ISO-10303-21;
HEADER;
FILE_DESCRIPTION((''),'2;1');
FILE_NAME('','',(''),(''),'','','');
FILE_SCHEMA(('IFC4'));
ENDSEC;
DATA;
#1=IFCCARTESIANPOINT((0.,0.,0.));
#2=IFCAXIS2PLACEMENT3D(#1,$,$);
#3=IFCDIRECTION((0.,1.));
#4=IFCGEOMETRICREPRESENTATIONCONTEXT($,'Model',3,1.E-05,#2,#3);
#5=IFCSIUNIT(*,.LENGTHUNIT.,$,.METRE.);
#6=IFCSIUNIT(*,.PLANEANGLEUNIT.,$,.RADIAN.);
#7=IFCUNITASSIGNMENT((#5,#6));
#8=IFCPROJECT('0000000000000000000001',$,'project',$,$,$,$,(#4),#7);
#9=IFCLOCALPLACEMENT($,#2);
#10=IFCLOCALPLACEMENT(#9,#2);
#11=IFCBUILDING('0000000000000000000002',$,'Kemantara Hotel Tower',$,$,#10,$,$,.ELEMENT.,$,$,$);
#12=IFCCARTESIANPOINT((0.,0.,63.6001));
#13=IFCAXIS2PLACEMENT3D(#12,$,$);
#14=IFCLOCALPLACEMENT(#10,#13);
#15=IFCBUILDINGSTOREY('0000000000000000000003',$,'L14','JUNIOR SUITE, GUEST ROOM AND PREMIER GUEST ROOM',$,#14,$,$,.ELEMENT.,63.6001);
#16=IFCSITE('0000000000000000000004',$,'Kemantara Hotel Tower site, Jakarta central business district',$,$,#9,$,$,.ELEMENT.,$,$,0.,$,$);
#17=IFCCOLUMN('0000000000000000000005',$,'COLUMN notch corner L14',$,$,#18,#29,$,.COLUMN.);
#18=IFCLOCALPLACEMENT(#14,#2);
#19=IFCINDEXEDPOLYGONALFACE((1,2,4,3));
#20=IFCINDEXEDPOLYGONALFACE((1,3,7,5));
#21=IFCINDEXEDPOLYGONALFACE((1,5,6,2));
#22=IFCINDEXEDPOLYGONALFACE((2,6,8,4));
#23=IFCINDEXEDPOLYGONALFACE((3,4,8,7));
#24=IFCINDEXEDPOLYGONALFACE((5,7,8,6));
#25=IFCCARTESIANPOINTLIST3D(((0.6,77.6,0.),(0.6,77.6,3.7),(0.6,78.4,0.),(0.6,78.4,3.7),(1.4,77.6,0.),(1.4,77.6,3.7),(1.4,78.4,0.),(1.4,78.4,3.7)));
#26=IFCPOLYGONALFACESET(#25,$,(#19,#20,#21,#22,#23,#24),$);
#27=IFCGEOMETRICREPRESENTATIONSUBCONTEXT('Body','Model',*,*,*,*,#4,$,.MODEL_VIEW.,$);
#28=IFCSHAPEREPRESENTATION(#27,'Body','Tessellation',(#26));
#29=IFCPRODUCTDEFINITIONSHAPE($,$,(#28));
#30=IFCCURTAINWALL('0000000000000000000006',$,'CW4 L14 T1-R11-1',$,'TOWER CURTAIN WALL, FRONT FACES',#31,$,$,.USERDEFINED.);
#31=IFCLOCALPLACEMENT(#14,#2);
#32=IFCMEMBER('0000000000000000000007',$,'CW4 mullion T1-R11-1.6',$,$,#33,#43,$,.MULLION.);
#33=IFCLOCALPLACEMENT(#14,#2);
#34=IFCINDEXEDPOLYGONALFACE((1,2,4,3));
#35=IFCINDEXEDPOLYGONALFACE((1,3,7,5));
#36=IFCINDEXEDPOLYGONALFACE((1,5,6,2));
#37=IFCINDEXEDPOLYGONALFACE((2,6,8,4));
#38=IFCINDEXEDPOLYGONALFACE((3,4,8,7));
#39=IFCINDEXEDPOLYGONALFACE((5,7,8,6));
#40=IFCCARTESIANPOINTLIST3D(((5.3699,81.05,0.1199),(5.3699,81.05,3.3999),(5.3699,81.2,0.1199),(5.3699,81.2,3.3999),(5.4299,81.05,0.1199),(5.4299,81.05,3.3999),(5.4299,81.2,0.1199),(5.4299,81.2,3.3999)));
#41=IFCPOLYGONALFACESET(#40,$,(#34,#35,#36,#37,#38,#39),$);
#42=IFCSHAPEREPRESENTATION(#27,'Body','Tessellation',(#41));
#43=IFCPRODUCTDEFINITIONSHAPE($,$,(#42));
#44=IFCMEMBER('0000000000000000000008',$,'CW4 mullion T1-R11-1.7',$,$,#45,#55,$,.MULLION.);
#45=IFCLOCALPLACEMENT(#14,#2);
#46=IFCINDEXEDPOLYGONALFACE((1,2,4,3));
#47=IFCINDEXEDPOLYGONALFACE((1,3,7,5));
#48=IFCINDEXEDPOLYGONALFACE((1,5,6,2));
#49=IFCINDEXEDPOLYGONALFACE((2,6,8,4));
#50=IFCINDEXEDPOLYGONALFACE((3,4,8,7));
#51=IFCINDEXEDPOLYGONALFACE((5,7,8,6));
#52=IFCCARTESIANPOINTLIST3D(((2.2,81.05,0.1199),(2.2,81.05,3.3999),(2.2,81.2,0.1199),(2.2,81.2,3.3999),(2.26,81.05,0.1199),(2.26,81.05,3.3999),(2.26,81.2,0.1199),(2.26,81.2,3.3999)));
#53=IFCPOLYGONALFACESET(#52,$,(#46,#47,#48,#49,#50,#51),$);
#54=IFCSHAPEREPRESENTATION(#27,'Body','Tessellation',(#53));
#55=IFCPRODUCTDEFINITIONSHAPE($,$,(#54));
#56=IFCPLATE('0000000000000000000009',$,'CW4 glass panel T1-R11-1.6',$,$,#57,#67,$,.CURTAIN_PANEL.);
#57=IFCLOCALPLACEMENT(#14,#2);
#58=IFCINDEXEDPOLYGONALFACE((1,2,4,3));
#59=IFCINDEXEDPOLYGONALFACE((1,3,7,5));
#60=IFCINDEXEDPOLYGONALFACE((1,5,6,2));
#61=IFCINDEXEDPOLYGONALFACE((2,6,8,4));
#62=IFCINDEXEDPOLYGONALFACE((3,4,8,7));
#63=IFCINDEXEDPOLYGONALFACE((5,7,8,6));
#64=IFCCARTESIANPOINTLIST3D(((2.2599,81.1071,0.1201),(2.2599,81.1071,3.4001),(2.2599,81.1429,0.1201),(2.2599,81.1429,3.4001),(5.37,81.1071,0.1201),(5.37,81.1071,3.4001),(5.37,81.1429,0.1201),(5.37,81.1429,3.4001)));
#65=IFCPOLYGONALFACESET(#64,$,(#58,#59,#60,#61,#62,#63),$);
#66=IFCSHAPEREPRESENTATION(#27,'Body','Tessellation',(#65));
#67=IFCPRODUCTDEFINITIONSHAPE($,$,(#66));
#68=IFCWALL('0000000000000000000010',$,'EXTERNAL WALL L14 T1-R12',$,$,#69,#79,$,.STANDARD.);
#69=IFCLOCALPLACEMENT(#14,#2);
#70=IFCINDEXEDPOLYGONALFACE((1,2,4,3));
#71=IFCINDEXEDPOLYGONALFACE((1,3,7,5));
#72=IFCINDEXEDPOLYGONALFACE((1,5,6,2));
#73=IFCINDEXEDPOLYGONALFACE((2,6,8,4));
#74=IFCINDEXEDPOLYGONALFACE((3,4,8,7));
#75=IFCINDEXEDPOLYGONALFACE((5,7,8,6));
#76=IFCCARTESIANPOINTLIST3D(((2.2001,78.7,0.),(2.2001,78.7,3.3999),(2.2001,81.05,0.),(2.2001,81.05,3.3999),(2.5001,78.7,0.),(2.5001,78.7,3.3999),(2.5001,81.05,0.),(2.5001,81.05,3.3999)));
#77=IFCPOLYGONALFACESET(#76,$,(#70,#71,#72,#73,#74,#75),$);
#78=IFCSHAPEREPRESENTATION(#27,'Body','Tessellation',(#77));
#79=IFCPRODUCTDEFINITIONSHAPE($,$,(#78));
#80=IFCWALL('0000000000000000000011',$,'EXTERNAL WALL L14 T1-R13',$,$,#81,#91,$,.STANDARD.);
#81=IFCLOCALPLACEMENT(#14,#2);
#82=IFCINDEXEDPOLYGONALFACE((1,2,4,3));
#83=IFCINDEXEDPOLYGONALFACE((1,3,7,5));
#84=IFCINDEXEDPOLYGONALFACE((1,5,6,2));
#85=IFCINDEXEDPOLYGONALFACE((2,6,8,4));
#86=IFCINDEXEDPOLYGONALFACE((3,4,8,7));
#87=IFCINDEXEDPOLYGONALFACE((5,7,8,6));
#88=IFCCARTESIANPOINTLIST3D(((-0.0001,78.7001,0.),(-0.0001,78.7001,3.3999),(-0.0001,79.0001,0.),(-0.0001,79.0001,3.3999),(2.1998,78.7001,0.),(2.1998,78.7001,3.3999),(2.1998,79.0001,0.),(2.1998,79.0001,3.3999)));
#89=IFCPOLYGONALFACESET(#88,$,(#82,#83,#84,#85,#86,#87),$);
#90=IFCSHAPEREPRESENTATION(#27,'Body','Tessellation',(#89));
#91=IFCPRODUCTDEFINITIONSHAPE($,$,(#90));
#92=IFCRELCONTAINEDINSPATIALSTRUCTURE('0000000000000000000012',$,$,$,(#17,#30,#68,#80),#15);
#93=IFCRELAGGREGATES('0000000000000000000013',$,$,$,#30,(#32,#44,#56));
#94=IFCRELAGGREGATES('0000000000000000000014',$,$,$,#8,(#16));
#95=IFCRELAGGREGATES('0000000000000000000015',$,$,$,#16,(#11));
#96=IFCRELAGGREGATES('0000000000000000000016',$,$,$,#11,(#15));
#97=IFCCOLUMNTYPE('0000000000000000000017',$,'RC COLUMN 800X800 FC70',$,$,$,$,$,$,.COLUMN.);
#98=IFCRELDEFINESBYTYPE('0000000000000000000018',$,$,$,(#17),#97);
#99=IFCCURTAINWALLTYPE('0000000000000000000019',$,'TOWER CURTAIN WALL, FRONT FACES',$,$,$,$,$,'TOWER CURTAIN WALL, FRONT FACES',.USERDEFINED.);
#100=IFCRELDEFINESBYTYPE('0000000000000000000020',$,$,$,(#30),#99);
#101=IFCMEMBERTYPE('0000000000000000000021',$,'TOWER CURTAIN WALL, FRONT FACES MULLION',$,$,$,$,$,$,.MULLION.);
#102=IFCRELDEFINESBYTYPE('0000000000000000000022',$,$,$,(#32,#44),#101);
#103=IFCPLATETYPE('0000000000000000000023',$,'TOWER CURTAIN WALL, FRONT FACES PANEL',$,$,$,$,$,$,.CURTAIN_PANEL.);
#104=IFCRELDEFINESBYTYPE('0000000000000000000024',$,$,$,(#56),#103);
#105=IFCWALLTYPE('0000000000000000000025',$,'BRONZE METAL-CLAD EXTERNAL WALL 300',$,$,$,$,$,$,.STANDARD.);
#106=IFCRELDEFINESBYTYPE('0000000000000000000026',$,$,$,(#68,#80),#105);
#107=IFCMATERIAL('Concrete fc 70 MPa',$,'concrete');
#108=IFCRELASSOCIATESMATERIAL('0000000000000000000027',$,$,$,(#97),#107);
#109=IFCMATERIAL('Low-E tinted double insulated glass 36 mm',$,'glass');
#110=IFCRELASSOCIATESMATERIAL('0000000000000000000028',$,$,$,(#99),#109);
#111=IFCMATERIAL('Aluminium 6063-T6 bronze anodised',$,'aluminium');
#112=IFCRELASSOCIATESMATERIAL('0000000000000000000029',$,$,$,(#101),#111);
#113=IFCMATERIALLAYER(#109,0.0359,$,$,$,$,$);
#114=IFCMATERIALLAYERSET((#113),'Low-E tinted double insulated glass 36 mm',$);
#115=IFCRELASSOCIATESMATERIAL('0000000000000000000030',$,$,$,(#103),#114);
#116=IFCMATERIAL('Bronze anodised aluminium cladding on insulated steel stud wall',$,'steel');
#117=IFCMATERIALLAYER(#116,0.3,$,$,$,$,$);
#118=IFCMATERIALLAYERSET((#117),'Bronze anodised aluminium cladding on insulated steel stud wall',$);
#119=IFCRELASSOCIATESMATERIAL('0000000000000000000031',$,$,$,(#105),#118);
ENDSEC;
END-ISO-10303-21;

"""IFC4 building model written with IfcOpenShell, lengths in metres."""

from ifc_helpers import new_model, si_unit, direction, frame, frame_2d, origin, origin_2d, place, context, subcontext, project, spatial, rectangle, extrude, source, transform, mapped, material, layer, layer_set, material_profile, profile_set, type_object, element, aggregate, save


model = new_model("IFC4")

# Units and contexts
model_context = context("Model", 3, precision=1e-05, world=origin(), true_north=direction((0.0, 1.0)))
body_context = subcontext(model_context, "Body", "Model", "MODEL_VIEW")
ifc_project = project(units=[si_unit("LENGTHUNIT", "METRE"), si_unit("PLANEANGLEUNIT", "RADIAN")], contexts=[model_context])

# Site, building, storey
site_placement = place(None, origin())
site = spatial("IfcSite", under=ifc_project, at=site_placement, Name="Kemantara Hotel Tower site, Jakarta central business district", CompositionType="ELEMENT", RefElevation=0.0)
building_placement = place(site_placement, origin())
building = spatial("IfcBuilding", under=site, at=building_placement, Name="Kemantara Hotel Tower", CompositionType="ELEMENT")
storey_placement = place(building_placement, frame((0.0, 0.0, 63.6001)))
storey = spatial("IfcBuildingStorey", under=building, at=storey_placement, Name="L14", Description="JUNIOR SUITE, GUEST ROOM AND PREMIER GUEST ROOM", CompositionType="ELEMENT", Elevation=63.6001)

# Column
ifc_material_1 = material(Name="Concrete fc 70 MPa", Category="concrete")
ifc_material_profile_1 = material_profile(ifc_material_1, rectangle(XDim=0.8, YDim=0.8, at=origin_2d()), Name="RC 800X800")
ifc_profile_set_1 = profile_set([ifc_material_profile_1], Name="Concrete fc 70 MPa")
column_type = type_object("IfcColumnType", Name="RC COLUMN 800X800 FC70", PredefinedType="COLUMN", material=ifc_profile_set_1)
column_placement = place(storey_placement, frame((1.0, 78.0, 0.0), z_axis=(0.0, 0.0, 1.0), x_axis=(1.0, 0.0, 0.0)))
element("IfcColumn", 1, at=column_placement, inside=storey, type_object=column_type, Name="COLUMN notch corner L14", PredefinedType="COLUMN", context=body_context, shape_type="SweptSolid", body=[
    extrude(rectangle(XDim=0.8, YDim=0.8, at=origin_2d()), origin(), (0.0, 0.0, 1.0), 3.7),
])

# Curtain wall, members, plate
ifc_material_2 = material(Name="Low-E tinted double insulated glass 36 mm", Category="glass")
curtain_wall_type = type_object("IfcCurtainWallType", Name="TOWER CURTAIN WALL, FRONT FACES", ElementType="TOWER CURTAIN WALL, FRONT FACES", PredefinedType="USERDEFINED", material=ifc_material_2)
curtain_wall_placement = place(storey_placement, origin())
curtain_wall = element("IfcCurtainWall", 2, at=curtain_wall_placement, inside=storey, type_object=curtain_wall_type, Name="CW4 L14 T1-R11-1", ObjectType="TOWER CURTAIN WALL, FRONT FACES", PredefinedType="USERDEFINED")
ifc_material_3 = material(Name="Aluminium 6063-T6 bronze anodised", Category="aluminium")
ifc_material_profile_2 = material_profile(ifc_material_3, rectangle(XDim=0.1499, YDim=0.0601, at=origin_2d()), Name="TOWER CURTAIN WALL, FRONT FACES MULLION")
ifc_profile_set_2 = profile_set([ifc_material_profile_2], Name="Aluminium 6063-T6 bronze anodised")
member_type = type_object("IfcMemberType", Name="TOWER CURTAIN WALL, FRONT FACES MULLION", PredefinedType="MULLION", material=ifc_profile_set_2)
shared_shape_1 = source(origin(), body_context, "Body", "SweptSolid", [
    extrude(rectangle(XDim=0.1499, YDim=0.0601, at=origin_2d()), origin(), (0.0, 0.0, 1.0), 3.28),
])
member_1_placement = place(storey_placement, frame((5.3999, 81.125, 0.1199), z_axis=(0.0, 0.0, 1.0), x_axis=(0.0, -1.0, 0.0)))
member_1 = element("IfcMember", 3, at=member_1_placement, type_object=member_type, Name="CW4 mullion T1-R11-1.6", PredefinedType="MULLION", context=body_context, shape_type="MappedRepresentation", body=[
    mapped(shared_shape_1, transform((0.0, 0.0, 0.0))),
])
member_2_placement = place(storey_placement, frame((2.23, 81.125, 0.1199), z_axis=(0.0, 0.0, 1.0), x_axis=(0.0, -1.0, 0.0)))
member_2 = element("IfcMember", 4, at=member_2_placement, type_object=member_type, Name="CW4 mullion T1-R11-1.7", PredefinedType="MULLION", context=body_context, shape_type="MappedRepresentation", body=[
    mapped(shared_shape_1, transform((0.0, 0.0, 0.0))),
])
ifc_layer_1 = layer(ifc_material_2, 0.0359)
ifc_layer_set_1 = layer_set([ifc_layer_1], Name="Low-E tinted double insulated glass 36 mm")
plate_type = type_object("IfcPlateType", Name="TOWER CURTAIN WALL, FRONT FACES PANEL", PredefinedType="CURTAIN_PANEL", material=ifc_layer_set_1)
shared_shape_2 = source(origin(), body_context, "Body", "SweptSolid", [
    extrude(rectangle(XDim=3.1101, YDim=0.0359, at=origin_2d()), origin(), (0.0, 0.0, 1.0), 3.28),
])
plate_placement = place(storey_placement, frame((3.8149, 81.125, 0.1201), z_axis=(0.0, 0.0, 1.0), x_axis=(-1.0, 0.0, 0.0)))
plate = element("IfcPlate", 5, at=plate_placement, type_object=plate_type, Name="CW4 glass panel T1-R11-1.6", PredefinedType="CURTAIN_PANEL", context=body_context, shape_type="MappedRepresentation", body=[
    mapped(shared_shape_2, transform((0.0, 0.0, 0.0))),
])
aggregate(curtain_wall, [member_1, member_2, plate])

# Walls
ifc_material_4 = material(Name="Bronze anodised aluminium cladding on insulated steel stud wall", Category="steel")
ifc_layer_2 = layer(ifc_material_4, 0.3)
ifc_layer_set_2 = layer_set([ifc_layer_2], Name="Bronze anodised aluminium cladding on insulated steel stud wall")
wall_type = type_object("IfcWallType", Name="BRONZE METAL-CLAD EXTERNAL WALL 300", PredefinedType="STANDARD", material=ifc_layer_set_2)
wall_1_placement = place(storey_placement, frame((2.3501, 81.05, 0.0), z_axis=(0.0, 0.0, 1.0), x_axis=(0.0, -1.0, 0.0)))
element("IfcWall", 6, at=wall_1_placement, inside=storey, type_object=wall_type, Name="EXTERNAL WALL L14 T1-R12", PredefinedType="STANDARD", context=body_context, shape_type="SweptSolid", body=[
    extrude(rectangle(XDim=2.3501, YDim=0.3, at=frame_2d((1.175, 0.0))), origin(), (0.0, 0.0, 1.0), 3.3999),
])
wall_2_placement = place(storey_placement, frame((2.2, 78.8501, 0.0), z_axis=(0.0, 0.0, 1.0), x_axis=(-1.0, 0.0, 0.0)))
element("IfcWall", 7, at=wall_2_placement, inside=storey, type_object=wall_type, Name="EXTERNAL WALL L14 T1-R13", PredefinedType="STANDARD", context=body_context, shape_type="SweptSolid", body=[
    extrude(rectangle(XDim=2.2, YDim=0.3, at=frame_2d((1.1001, 0.0))), origin(), (0.0, 0.0, 1.0), 3.3999),
])

save(model, "model.ifc")
